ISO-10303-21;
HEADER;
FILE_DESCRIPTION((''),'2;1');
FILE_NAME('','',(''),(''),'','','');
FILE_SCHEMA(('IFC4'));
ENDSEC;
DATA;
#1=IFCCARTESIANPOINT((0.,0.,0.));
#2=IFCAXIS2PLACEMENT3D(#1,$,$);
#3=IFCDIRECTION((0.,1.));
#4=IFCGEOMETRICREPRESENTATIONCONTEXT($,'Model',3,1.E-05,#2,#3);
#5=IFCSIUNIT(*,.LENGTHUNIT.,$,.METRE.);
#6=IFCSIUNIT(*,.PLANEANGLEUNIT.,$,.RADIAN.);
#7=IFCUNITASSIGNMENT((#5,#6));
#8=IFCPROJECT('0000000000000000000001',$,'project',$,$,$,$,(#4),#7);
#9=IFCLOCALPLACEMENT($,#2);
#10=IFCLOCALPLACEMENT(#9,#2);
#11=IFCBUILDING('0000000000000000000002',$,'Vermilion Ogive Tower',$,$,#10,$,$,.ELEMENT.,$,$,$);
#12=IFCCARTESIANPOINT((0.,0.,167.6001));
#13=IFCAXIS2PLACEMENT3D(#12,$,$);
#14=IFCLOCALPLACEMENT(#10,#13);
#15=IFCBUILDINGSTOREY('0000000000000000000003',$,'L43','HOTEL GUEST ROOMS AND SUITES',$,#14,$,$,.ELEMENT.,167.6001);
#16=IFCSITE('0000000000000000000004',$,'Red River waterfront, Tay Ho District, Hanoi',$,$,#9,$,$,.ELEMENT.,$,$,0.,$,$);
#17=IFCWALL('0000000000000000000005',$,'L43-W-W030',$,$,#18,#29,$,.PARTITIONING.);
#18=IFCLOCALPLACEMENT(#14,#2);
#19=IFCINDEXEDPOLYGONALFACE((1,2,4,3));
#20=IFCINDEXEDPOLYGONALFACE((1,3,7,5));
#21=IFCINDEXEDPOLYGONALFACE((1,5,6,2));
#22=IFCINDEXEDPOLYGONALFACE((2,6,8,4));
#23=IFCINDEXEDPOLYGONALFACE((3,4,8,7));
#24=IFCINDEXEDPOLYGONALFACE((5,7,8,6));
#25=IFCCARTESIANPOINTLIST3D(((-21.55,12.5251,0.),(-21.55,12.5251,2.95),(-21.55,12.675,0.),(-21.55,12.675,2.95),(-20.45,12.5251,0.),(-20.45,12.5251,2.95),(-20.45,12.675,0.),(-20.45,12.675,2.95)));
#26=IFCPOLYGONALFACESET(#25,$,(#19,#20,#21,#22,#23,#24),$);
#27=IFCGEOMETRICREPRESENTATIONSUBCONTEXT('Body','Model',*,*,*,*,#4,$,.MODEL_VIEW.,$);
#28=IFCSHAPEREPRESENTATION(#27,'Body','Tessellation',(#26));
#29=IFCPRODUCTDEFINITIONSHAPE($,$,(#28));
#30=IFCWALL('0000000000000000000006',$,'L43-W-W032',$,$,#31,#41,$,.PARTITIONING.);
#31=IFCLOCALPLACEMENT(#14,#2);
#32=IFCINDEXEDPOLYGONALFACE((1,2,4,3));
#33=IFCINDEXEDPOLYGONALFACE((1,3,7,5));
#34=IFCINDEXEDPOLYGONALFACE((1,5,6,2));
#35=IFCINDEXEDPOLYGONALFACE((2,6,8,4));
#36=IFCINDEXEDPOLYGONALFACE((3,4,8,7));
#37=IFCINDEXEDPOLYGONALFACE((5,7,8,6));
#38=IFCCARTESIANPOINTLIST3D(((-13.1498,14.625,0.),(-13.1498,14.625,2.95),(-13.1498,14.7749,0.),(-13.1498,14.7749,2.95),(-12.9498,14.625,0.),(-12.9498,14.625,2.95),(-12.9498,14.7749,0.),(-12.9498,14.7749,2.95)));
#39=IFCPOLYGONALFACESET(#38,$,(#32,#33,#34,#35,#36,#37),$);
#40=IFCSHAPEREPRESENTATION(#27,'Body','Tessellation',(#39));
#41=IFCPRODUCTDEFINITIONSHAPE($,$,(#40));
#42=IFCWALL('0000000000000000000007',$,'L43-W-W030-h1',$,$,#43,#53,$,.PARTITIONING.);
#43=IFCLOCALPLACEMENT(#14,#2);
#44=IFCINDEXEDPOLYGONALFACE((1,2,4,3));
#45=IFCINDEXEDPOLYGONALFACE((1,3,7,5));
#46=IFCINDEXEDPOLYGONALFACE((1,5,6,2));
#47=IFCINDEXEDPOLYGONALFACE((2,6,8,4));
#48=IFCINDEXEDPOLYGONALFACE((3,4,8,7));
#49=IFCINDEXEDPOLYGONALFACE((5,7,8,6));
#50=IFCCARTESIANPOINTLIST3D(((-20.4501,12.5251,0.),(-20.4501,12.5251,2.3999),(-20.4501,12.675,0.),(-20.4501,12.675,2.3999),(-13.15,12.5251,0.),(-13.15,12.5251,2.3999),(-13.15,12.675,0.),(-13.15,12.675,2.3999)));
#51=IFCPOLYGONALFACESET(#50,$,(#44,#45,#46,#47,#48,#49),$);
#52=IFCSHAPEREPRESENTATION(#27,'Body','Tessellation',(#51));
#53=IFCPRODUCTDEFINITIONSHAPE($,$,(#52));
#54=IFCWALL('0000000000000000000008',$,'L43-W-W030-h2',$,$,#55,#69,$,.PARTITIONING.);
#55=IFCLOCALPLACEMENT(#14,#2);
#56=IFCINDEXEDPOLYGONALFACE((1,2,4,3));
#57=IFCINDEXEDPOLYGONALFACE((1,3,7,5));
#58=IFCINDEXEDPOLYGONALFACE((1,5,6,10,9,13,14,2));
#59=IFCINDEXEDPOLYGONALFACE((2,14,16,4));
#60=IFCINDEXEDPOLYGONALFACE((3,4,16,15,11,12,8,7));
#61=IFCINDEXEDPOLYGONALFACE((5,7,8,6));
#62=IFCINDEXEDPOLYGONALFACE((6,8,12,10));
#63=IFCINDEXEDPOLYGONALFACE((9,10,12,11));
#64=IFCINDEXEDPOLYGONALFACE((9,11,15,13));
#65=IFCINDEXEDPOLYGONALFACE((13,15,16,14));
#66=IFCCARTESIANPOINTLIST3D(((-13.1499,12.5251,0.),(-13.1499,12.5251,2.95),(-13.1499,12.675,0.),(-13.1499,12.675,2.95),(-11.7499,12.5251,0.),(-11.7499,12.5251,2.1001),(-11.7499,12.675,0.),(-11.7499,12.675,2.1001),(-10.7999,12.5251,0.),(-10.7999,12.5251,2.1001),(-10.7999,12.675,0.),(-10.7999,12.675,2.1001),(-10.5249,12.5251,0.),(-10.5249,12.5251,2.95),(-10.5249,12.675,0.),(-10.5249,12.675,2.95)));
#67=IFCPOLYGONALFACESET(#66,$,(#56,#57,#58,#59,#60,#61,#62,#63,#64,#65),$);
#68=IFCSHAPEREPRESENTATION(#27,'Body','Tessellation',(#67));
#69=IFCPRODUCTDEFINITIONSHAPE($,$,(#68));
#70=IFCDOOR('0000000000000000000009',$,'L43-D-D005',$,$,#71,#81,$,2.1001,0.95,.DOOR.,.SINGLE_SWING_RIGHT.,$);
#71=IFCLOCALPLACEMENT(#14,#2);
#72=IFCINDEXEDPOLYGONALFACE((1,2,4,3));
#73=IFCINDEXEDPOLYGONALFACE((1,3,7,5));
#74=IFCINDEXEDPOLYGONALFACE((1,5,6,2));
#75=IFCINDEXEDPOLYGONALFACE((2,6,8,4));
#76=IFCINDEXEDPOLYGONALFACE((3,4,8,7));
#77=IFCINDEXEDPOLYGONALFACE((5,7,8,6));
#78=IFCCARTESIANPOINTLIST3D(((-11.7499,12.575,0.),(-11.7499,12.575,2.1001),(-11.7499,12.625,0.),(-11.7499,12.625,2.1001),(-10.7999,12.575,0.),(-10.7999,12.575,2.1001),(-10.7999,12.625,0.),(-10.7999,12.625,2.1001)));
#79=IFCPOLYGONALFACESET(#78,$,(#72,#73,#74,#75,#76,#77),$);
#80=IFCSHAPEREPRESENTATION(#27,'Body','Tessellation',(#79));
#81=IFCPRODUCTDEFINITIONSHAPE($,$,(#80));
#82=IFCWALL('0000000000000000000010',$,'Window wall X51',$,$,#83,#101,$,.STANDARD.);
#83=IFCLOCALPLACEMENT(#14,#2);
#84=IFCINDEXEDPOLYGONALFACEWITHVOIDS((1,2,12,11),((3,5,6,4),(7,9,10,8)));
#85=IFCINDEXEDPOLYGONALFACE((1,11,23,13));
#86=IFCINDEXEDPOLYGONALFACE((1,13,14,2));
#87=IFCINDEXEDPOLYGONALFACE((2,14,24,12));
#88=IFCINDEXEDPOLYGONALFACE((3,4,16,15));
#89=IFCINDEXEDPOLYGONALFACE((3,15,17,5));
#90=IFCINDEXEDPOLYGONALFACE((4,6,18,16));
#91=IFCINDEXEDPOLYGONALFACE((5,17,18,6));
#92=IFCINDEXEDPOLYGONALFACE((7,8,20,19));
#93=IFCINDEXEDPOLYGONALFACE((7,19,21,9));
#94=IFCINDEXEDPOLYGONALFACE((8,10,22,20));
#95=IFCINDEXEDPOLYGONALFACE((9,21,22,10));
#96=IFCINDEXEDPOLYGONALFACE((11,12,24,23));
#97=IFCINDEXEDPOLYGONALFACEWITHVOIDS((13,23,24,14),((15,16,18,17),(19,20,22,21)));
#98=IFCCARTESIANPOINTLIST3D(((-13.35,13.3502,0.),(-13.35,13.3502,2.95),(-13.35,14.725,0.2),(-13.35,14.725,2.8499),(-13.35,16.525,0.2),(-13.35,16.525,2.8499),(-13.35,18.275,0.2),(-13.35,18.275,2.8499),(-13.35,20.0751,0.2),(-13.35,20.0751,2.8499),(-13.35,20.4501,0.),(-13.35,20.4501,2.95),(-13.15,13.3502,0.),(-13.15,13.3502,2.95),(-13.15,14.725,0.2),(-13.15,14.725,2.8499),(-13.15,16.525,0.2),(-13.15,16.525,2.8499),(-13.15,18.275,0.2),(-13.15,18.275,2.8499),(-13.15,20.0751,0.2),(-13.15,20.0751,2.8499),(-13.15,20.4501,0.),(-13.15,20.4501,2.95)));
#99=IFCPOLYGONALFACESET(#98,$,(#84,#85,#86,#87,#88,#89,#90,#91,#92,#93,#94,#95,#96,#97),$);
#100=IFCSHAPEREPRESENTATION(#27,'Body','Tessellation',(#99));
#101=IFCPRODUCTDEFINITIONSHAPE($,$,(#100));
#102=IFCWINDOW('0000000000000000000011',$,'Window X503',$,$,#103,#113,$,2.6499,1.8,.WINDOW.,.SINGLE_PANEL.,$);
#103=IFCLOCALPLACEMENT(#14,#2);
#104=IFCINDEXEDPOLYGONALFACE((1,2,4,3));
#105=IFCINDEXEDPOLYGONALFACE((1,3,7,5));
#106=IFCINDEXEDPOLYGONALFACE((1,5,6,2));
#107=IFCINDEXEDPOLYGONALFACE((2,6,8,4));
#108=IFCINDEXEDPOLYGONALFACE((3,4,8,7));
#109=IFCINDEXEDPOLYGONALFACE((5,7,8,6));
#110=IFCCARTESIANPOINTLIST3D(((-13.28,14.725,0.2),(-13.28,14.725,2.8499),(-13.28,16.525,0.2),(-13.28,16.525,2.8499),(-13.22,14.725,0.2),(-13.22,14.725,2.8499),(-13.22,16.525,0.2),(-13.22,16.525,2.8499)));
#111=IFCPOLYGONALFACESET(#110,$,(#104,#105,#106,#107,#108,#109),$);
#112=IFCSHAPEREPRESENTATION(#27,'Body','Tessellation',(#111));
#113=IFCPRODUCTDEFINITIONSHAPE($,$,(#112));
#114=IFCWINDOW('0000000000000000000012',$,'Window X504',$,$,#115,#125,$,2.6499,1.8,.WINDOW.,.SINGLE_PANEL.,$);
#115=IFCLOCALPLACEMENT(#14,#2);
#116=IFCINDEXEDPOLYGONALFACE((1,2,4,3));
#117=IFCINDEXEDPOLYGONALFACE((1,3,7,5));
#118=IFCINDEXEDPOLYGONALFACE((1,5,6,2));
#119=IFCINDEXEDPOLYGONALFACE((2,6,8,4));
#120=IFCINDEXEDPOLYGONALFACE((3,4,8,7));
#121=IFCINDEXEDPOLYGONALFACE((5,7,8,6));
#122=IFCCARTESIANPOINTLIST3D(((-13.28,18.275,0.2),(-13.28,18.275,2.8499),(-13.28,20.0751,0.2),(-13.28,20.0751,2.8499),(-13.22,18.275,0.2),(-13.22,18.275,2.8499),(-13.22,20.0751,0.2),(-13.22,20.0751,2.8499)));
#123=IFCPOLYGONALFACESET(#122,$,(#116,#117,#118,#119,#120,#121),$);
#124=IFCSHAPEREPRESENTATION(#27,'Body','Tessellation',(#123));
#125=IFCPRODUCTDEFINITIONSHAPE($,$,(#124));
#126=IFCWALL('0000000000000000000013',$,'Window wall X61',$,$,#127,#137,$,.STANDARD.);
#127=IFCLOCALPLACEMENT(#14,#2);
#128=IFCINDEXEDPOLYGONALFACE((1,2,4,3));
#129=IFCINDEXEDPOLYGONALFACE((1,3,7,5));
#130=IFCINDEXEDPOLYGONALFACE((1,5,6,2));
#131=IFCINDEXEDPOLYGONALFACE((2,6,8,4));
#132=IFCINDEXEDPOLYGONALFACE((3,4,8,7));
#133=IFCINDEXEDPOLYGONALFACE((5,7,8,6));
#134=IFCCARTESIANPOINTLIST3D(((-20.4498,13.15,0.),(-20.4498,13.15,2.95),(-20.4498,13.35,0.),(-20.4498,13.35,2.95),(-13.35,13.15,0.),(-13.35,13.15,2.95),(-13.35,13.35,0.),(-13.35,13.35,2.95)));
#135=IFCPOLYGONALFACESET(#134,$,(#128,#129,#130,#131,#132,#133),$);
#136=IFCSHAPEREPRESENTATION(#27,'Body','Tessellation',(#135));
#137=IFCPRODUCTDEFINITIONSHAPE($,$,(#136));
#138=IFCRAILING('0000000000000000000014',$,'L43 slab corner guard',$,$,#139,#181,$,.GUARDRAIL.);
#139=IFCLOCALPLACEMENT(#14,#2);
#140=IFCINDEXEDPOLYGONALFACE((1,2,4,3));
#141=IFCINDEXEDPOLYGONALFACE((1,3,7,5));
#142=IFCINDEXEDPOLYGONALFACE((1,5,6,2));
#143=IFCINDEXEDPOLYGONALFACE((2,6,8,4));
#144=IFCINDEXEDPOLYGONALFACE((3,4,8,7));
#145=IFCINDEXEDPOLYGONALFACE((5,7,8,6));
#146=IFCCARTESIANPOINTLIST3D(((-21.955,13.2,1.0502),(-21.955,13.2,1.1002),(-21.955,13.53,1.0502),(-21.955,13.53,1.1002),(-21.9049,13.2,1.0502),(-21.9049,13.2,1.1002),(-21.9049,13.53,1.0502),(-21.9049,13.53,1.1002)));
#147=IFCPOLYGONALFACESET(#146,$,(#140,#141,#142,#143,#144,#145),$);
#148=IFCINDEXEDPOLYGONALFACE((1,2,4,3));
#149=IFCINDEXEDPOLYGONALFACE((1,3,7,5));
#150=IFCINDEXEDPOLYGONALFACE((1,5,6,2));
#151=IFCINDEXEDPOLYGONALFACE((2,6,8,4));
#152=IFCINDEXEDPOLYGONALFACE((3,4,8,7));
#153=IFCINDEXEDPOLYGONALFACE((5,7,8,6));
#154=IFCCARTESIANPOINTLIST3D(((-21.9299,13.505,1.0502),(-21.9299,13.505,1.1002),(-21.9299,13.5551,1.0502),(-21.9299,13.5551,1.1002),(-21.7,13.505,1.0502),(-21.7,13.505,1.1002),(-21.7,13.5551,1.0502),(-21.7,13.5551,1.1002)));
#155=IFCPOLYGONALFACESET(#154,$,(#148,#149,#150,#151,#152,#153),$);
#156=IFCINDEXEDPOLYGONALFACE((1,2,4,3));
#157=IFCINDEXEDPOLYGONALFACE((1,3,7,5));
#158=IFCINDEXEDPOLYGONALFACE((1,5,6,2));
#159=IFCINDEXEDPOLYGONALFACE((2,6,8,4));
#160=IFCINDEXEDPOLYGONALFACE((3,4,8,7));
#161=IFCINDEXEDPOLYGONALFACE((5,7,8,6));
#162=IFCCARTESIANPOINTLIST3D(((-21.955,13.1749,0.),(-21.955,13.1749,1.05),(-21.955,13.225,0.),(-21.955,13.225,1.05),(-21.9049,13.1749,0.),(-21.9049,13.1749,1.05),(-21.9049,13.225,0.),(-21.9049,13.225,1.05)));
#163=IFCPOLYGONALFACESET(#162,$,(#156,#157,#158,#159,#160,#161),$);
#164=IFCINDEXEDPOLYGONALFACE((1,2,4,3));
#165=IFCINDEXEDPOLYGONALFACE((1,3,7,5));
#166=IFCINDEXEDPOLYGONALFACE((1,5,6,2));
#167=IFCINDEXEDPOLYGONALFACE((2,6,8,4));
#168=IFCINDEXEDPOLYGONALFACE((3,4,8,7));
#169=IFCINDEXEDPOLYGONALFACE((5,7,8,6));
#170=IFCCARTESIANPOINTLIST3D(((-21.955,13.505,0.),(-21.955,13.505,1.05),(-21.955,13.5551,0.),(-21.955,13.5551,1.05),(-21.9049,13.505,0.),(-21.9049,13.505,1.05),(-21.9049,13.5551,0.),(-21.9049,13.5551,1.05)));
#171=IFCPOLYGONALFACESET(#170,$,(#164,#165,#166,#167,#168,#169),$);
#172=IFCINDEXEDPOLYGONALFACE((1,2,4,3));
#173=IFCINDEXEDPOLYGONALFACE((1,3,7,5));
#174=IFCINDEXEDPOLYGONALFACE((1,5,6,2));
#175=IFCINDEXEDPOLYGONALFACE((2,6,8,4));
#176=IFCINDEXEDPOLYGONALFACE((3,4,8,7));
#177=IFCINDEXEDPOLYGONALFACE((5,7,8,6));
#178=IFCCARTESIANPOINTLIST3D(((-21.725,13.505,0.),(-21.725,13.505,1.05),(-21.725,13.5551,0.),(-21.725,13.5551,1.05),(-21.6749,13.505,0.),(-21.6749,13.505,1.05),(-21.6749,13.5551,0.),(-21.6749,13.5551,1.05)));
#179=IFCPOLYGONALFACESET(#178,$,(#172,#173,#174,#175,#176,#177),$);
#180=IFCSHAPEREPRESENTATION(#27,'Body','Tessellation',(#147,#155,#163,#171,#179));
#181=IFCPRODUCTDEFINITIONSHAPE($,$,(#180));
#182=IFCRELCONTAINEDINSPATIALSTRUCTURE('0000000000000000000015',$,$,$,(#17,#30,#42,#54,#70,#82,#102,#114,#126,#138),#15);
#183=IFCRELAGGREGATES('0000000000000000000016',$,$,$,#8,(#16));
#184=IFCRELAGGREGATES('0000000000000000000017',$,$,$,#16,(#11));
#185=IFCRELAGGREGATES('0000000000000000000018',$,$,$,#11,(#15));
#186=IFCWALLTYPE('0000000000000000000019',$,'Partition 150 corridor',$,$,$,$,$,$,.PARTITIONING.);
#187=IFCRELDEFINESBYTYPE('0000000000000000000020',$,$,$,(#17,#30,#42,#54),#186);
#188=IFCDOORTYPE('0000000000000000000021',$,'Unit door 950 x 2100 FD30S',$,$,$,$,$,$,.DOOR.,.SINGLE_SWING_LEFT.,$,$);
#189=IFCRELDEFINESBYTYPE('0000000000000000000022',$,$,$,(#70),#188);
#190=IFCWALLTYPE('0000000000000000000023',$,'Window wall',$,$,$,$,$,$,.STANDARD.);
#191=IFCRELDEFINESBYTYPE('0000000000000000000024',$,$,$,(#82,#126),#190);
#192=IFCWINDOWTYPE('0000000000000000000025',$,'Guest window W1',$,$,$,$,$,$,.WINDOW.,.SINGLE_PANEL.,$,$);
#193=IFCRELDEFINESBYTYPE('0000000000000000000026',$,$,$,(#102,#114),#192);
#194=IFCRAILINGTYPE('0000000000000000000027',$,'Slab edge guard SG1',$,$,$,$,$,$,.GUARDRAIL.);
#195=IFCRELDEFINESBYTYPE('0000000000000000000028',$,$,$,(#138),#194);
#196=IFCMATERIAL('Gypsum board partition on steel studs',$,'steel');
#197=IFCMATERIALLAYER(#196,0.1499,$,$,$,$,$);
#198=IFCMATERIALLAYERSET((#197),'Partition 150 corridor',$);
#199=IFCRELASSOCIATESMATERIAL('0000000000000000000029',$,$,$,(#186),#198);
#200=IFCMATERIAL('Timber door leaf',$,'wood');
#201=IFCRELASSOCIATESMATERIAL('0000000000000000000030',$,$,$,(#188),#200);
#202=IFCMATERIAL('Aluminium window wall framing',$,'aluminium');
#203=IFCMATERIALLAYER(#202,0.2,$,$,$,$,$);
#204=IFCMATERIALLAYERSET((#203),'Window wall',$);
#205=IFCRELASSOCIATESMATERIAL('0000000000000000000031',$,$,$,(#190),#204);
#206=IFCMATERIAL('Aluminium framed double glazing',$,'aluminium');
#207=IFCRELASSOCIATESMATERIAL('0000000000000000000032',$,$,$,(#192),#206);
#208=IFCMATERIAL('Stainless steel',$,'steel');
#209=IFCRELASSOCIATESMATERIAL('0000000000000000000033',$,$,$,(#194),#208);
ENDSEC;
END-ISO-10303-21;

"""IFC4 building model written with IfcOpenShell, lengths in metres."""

from ifc_helpers import new_model, si_unit, direction, frame, frame_2d, origin, origin_2d, place, context, subcontext, project, spatial, rectangle, extrude, material, layer, layer_set, type_object, element, fill, save


model = new_model("IFC4")

# Units and contexts
model_context = context("Model", 3, precision=1e-05, world=origin(), true_north=direction((0.0, 1.0)))
body_context = subcontext(model_context, "Body", "Model", "MODEL_VIEW")
ifc_project = project(units=[si_unit("LENGTHUNIT", "METRE"), si_unit("PLANEANGLEUNIT", "RADIAN")], contexts=[model_context])

# Site, building, storey
site_placement = place(None, origin())
site = spatial("IfcSite", under=ifc_project, at=site_placement, Name="Red River waterfront, Tay Ho District, Hanoi", CompositionType="ELEMENT", RefElevation=0.0)
building_placement = place(site_placement, origin())
building = spatial("IfcBuilding", under=site, at=building_placement, Name="Vermilion Ogive Tower", CompositionType="ELEMENT")
storey_placement = place(building_placement, frame((0.0, 0.0, 167.6001)))
storey = spatial("IfcBuildingStorey", under=building, at=storey_placement, Name="L43", Description="HOTEL GUEST ROOMS AND SUITES", CompositionType="ELEMENT", Elevation=167.6001)

# Walls
ifc_material_1 = material(Name="Gypsum board partition on steel studs", Category="steel")
ifc_layer_1 = layer(ifc_material_1, 0.1499)
ifc_layer_set_1 = layer_set([ifc_layer_1], Name="Partition 150 corridor")
wall_type_1 = type_object("IfcWallType", Name="Partition 150 corridor", PredefinedType="PARTITIONING", material=ifc_layer_set_1)
wall_1_placement = place(storey_placement, frame((-21.55, 12.6001, 0.0), z_axis=(0.0, 0.0, 1.0), x_axis=(1.0, 0.0, 0.0)))
element("IfcWall", 1, at=wall_1_placement, inside=storey, type_object=wall_type_1, Name="L43-W-W030", PredefinedType="PARTITIONING", context=body_context, shape_type="SweptSolid", body=[
    extrude(rectangle(XDim=1.1001, YDim=0.1499, at=frame_2d((0.55, 0.0))), origin(), (0.0, 0.0, 1.0), 2.95),
])
wall_2_placement = place(storey_placement, frame((-13.1499, 14.7, 0.0), z_axis=(0.0, 0.0, 1.0), x_axis=(1.0, 0.0, 0.0)))
element("IfcWall", 2, at=wall_2_placement, inside=storey, type_object=wall_type_1, Name="L43-W-W032", PredefinedType="PARTITIONING", context=body_context, shape_type="SweptSolid", body=[
    extrude(rectangle(XDim=0.2, YDim=0.1499, at=frame_2d((0.1001, 0.0))), origin(), (0.0, 0.0, 1.0), 2.95),
])
wall_3_placement = place(storey_placement, frame((-20.45, 12.6001, 0.0), z_axis=(0.0, 0.0, 1.0), x_axis=(1.0, 0.0, 0.0)))
element("IfcWall", 3, at=wall_3_placement, inside=storey, type_object=wall_type_1, Name="L43-W-W030-h1", PredefinedType="PARTITIONING", context=body_context, shape_type="SweptSolid", body=[
    extrude(rectangle(XDim=7.3, YDim=0.1499, at=frame_2d((3.6499, 0.0))), origin(), (0.0, 0.0, 1.0), 2.3999),
])

# Wall, opening, door
wall_4_placement = place(storey_placement, frame((-13.1499, 12.6001, 0.0), z_axis=(0.0, 0.0, 1.0), x_axis=(1.0, 0.0, 0.0)))
wall_4 = element("IfcWall", 4, at=wall_4_placement, inside=storey, type_object=wall_type_1, Name="L43-W-W030-h2", PredefinedType="PARTITIONING", context=body_context, shape_type="SweptSolid", body=[
    extrude(rectangle(XDim=2.625, YDim=0.1499, at=frame_2d((1.3125, 0.0))), origin(), (0.0, 0.0, 1.0), 2.95),
])
opening_1_placement = place(wall_4_placement, frame((1.3999, 0.0, 0.0)))
opening_1 = element("IfcOpeningElement", 5, at=opening_1_placement, cuts=wall_4, PredefinedType="OPENING", context=body_context, shape_type="SweptSolid", body=[
    extrude(rectangle(XDim=0.95, YDim=2.1001, at=frame_2d((0.4751, 1.05))), frame((0.0, 0.085, 0.0), z_axis=(0.0, -1.0, 0.0), x_axis=(1.0, 0.0, 0.0)), (0.0, 0.0, 1.0), 0.1699),
])
ifc_material_2 = material(Name="Timber door leaf", Category="wood")
door_type_1 = type_object("IfcDoorType", Name="Unit door 950 x 2100 FD30S", OperationType="SINGLE_SWING_LEFT", PredefinedType="DOOR", material=ifc_material_2)
door_1_placement = place(opening_1_placement, origin())
door_1 = element("IfcDoor", 6, at=door_1_placement, inside=storey, type_object=door_type_1, Name="L43-D-D005", OperationType="SINGLE_SWING_RIGHT", OverallHeight=2.1001, OverallWidth=0.95, PredefinedType="DOOR", context=body_context, shape_type="SweptSolid", body=[
    extrude(rectangle(XDim=0.95, YDim=2.1001, at=frame_2d((0.4751, 1.05))), frame((0.0, 0.0249, 0.0), z_axis=(0.0, -1.0, 0.0), x_axis=(1.0, 0.0, 0.0)), (0.0, 0.0, 1.0), 0.05),
])
fill(opening_1, door_1)

# Wall, openings, windows
ifc_material_3 = material(Name="Aluminium window wall framing", Category="aluminium")
ifc_layer_2 = layer(ifc_material_3, 0.2)
ifc_layer_set_2 = layer_set([ifc_layer_2], Name="Window wall")
wall_type_2 = type_object("IfcWallType", Name="Window wall", PredefinedType="STANDARD", material=ifc_layer_set_2)
wall_5_placement = place(storey_placement, frame((-13.25, 20.45, 0.0), z_axis=(0.0, 0.0, 1.0), x_axis=(0.0, -1.0, 0.0)))
wall_5 = element("IfcWall", 7, at=wall_5_placement, inside=storey, type_object=wall_type_2, Name="Window wall X51", PredefinedType="STANDARD", context=body_context, shape_type="SweptSolid", body=[
    extrude(rectangle(XDim=7.0999, YDim=0.2, at=frame_2d((3.5498, 0.0))), origin(), (0.0, 0.0, 1.0), 2.95),
])
opening_2_placement = place(wall_5_placement, frame((3.925, 0.0, 0.2)))
opening_2 = element("IfcOpeningElement", 8, at=opening_2_placement, cuts=wall_5, PredefinedType="OPENING", context=body_context, shape_type="SweptSolid", body=[
    extrude(rectangle(XDim=1.8, YDim=2.6499, at=frame_2d((0.8999, 1.325))), frame((0.0, 0.1099, 0.0), z_axis=(0.0, -1.0, 0.0), x_axis=(1.0, 0.0, 0.0)), (0.0, 0.0, 1.0), 0.22),
])
opening_3_placement = place(wall_5_placement, frame((0.375, 0.0, 0.2)))
opening_3 = element("IfcOpeningElement", 9, at=opening_3_placement, cuts=wall_5, PredefinedType="OPENING", context=body_context, shape_type="SweptSolid", body=[
    extrude(rectangle(XDim=1.8, YDim=2.6499, at=frame_2d((0.8999, 1.325))), frame((0.0, 0.1099, 0.0), z_axis=(0.0, -1.0, 0.0), x_axis=(1.0, 0.0, 0.0)), (0.0, 0.0, 1.0), 0.22),
])
ifc_material_4 = material(Name="Aluminium framed double glazing", Category="aluminium")
window_type = type_object("IfcWindowType", Name="Guest window W1", PartitioningType="SINGLE_PANEL", PredefinedType="WINDOW", material=ifc_material_4)
window_1_placement = place(opening_2_placement, origin())
window_1 = element("IfcWindow", 10, at=window_1_placement, inside=storey, type_object=window_type, Name="Window X503", OverallHeight=2.6499, OverallWidth=1.8, PartitioningType="SINGLE_PANEL", PredefinedType="WINDOW", context=body_context, shape_type="SweptSolid", body=[
    extrude(rectangle(XDim=1.8, YDim=2.6499, at=frame_2d((0.8999, 1.325))), frame((0.0, 0.03, 0.0), z_axis=(0.0, -1.0, 0.0), x_axis=(1.0, 0.0, 0.0)), (0.0, 0.0, 1.0), 0.0601),
])
fill(opening_2, window_1)
window_2_placement = place(opening_3_placement, origin())
window_2 = element("IfcWindow", 11, at=window_2_placement, inside=storey, type_object=window_type, Name="Window X504", OverallHeight=2.6499, OverallWidth=1.8, PartitioningType="SINGLE_PANEL", PredefinedType="WINDOW", context=body_context, shape_type="SweptSolid", body=[
    extrude(rectangle(XDim=1.8, YDim=2.6499, at=frame_2d((0.8999, 1.325))), frame((0.0, 0.03, 0.0), z_axis=(0.0, -1.0, 0.0), x_axis=(1.0, 0.0, 0.0)), (0.0, 0.0, 1.0), 0.0601),
])
fill(opening_3, window_2)

# Wall
wall_6_placement = place(storey_placement, frame((-13.3501, 13.25, 0.0), z_axis=(0.0, 0.0, 1.0), x_axis=(-1.0, 0.0, 0.0)))
element("IfcWall", 12, at=wall_6_placement, inside=storey, type_object=wall_type_2, Name="Window wall X61", PredefinedType="STANDARD", context=body_context, shape_type="SweptSolid", body=[
    extrude(rectangle(XDim=7.0999, YDim=0.2, at=frame_2d((3.5498, 0.0))), origin(), (0.0, 0.0, 1.0), 2.95),
])

# Railing
ifc_material_5 = material(Name="Stainless steel", Category="steel")
railing_type = type_object("IfcRailingType", Name="Slab edge guard SG1", PredefinedType="GUARDRAIL", material=ifc_material_5)
railing_1_placement = place(storey_placement, frame((-21.9299, 13.2, 0.0)))
element("IfcRailing", 13, at=railing_1_placement, inside=storey, type_object=railing_type, Name="L43 slab corner guard", PredefinedType="GUARDRAIL", context=body_context, shape_type="SweptSolid", body=[
    extrude(rectangle(XDim=0.05, YDim=0.05, at=origin_2d()), frame((0.0, 0.0, 1.0752), z_axis=(0.0, 1.0, 0.0), x_axis=(-1.0, 0.0, 0.0)), (0.0, 0.0, 1.0), 0.3301),
    extrude(rectangle(XDim=0.05, YDim=0.05, at=origin_2d()), frame((0.0, 0.3301, 1.0752), z_axis=(1.0, 0.0, 0.0), x_axis=(0.0, 1.0, 0.0)), (0.0, 0.0, 1.0), 0.23),
    extrude(rectangle(XDim=0.05, YDim=0.05, at=origin_2d()), origin(), (0.0, 0.0, 1.0), 1.05),
    extrude(rectangle(XDim=0.05, YDim=0.05, at=origin_2d()), frame((0.0, 0.3301, 0.0)), (0.0, 0.0, 1.0), 1.05),
    extrude(rectangle(XDim=0.05, YDim=0.05, at=origin_2d()), frame((0.23, 0.3301, 0.0)), (0.0, 0.0, 1.0), 1.05),
])

save(model, "model.ifc")
